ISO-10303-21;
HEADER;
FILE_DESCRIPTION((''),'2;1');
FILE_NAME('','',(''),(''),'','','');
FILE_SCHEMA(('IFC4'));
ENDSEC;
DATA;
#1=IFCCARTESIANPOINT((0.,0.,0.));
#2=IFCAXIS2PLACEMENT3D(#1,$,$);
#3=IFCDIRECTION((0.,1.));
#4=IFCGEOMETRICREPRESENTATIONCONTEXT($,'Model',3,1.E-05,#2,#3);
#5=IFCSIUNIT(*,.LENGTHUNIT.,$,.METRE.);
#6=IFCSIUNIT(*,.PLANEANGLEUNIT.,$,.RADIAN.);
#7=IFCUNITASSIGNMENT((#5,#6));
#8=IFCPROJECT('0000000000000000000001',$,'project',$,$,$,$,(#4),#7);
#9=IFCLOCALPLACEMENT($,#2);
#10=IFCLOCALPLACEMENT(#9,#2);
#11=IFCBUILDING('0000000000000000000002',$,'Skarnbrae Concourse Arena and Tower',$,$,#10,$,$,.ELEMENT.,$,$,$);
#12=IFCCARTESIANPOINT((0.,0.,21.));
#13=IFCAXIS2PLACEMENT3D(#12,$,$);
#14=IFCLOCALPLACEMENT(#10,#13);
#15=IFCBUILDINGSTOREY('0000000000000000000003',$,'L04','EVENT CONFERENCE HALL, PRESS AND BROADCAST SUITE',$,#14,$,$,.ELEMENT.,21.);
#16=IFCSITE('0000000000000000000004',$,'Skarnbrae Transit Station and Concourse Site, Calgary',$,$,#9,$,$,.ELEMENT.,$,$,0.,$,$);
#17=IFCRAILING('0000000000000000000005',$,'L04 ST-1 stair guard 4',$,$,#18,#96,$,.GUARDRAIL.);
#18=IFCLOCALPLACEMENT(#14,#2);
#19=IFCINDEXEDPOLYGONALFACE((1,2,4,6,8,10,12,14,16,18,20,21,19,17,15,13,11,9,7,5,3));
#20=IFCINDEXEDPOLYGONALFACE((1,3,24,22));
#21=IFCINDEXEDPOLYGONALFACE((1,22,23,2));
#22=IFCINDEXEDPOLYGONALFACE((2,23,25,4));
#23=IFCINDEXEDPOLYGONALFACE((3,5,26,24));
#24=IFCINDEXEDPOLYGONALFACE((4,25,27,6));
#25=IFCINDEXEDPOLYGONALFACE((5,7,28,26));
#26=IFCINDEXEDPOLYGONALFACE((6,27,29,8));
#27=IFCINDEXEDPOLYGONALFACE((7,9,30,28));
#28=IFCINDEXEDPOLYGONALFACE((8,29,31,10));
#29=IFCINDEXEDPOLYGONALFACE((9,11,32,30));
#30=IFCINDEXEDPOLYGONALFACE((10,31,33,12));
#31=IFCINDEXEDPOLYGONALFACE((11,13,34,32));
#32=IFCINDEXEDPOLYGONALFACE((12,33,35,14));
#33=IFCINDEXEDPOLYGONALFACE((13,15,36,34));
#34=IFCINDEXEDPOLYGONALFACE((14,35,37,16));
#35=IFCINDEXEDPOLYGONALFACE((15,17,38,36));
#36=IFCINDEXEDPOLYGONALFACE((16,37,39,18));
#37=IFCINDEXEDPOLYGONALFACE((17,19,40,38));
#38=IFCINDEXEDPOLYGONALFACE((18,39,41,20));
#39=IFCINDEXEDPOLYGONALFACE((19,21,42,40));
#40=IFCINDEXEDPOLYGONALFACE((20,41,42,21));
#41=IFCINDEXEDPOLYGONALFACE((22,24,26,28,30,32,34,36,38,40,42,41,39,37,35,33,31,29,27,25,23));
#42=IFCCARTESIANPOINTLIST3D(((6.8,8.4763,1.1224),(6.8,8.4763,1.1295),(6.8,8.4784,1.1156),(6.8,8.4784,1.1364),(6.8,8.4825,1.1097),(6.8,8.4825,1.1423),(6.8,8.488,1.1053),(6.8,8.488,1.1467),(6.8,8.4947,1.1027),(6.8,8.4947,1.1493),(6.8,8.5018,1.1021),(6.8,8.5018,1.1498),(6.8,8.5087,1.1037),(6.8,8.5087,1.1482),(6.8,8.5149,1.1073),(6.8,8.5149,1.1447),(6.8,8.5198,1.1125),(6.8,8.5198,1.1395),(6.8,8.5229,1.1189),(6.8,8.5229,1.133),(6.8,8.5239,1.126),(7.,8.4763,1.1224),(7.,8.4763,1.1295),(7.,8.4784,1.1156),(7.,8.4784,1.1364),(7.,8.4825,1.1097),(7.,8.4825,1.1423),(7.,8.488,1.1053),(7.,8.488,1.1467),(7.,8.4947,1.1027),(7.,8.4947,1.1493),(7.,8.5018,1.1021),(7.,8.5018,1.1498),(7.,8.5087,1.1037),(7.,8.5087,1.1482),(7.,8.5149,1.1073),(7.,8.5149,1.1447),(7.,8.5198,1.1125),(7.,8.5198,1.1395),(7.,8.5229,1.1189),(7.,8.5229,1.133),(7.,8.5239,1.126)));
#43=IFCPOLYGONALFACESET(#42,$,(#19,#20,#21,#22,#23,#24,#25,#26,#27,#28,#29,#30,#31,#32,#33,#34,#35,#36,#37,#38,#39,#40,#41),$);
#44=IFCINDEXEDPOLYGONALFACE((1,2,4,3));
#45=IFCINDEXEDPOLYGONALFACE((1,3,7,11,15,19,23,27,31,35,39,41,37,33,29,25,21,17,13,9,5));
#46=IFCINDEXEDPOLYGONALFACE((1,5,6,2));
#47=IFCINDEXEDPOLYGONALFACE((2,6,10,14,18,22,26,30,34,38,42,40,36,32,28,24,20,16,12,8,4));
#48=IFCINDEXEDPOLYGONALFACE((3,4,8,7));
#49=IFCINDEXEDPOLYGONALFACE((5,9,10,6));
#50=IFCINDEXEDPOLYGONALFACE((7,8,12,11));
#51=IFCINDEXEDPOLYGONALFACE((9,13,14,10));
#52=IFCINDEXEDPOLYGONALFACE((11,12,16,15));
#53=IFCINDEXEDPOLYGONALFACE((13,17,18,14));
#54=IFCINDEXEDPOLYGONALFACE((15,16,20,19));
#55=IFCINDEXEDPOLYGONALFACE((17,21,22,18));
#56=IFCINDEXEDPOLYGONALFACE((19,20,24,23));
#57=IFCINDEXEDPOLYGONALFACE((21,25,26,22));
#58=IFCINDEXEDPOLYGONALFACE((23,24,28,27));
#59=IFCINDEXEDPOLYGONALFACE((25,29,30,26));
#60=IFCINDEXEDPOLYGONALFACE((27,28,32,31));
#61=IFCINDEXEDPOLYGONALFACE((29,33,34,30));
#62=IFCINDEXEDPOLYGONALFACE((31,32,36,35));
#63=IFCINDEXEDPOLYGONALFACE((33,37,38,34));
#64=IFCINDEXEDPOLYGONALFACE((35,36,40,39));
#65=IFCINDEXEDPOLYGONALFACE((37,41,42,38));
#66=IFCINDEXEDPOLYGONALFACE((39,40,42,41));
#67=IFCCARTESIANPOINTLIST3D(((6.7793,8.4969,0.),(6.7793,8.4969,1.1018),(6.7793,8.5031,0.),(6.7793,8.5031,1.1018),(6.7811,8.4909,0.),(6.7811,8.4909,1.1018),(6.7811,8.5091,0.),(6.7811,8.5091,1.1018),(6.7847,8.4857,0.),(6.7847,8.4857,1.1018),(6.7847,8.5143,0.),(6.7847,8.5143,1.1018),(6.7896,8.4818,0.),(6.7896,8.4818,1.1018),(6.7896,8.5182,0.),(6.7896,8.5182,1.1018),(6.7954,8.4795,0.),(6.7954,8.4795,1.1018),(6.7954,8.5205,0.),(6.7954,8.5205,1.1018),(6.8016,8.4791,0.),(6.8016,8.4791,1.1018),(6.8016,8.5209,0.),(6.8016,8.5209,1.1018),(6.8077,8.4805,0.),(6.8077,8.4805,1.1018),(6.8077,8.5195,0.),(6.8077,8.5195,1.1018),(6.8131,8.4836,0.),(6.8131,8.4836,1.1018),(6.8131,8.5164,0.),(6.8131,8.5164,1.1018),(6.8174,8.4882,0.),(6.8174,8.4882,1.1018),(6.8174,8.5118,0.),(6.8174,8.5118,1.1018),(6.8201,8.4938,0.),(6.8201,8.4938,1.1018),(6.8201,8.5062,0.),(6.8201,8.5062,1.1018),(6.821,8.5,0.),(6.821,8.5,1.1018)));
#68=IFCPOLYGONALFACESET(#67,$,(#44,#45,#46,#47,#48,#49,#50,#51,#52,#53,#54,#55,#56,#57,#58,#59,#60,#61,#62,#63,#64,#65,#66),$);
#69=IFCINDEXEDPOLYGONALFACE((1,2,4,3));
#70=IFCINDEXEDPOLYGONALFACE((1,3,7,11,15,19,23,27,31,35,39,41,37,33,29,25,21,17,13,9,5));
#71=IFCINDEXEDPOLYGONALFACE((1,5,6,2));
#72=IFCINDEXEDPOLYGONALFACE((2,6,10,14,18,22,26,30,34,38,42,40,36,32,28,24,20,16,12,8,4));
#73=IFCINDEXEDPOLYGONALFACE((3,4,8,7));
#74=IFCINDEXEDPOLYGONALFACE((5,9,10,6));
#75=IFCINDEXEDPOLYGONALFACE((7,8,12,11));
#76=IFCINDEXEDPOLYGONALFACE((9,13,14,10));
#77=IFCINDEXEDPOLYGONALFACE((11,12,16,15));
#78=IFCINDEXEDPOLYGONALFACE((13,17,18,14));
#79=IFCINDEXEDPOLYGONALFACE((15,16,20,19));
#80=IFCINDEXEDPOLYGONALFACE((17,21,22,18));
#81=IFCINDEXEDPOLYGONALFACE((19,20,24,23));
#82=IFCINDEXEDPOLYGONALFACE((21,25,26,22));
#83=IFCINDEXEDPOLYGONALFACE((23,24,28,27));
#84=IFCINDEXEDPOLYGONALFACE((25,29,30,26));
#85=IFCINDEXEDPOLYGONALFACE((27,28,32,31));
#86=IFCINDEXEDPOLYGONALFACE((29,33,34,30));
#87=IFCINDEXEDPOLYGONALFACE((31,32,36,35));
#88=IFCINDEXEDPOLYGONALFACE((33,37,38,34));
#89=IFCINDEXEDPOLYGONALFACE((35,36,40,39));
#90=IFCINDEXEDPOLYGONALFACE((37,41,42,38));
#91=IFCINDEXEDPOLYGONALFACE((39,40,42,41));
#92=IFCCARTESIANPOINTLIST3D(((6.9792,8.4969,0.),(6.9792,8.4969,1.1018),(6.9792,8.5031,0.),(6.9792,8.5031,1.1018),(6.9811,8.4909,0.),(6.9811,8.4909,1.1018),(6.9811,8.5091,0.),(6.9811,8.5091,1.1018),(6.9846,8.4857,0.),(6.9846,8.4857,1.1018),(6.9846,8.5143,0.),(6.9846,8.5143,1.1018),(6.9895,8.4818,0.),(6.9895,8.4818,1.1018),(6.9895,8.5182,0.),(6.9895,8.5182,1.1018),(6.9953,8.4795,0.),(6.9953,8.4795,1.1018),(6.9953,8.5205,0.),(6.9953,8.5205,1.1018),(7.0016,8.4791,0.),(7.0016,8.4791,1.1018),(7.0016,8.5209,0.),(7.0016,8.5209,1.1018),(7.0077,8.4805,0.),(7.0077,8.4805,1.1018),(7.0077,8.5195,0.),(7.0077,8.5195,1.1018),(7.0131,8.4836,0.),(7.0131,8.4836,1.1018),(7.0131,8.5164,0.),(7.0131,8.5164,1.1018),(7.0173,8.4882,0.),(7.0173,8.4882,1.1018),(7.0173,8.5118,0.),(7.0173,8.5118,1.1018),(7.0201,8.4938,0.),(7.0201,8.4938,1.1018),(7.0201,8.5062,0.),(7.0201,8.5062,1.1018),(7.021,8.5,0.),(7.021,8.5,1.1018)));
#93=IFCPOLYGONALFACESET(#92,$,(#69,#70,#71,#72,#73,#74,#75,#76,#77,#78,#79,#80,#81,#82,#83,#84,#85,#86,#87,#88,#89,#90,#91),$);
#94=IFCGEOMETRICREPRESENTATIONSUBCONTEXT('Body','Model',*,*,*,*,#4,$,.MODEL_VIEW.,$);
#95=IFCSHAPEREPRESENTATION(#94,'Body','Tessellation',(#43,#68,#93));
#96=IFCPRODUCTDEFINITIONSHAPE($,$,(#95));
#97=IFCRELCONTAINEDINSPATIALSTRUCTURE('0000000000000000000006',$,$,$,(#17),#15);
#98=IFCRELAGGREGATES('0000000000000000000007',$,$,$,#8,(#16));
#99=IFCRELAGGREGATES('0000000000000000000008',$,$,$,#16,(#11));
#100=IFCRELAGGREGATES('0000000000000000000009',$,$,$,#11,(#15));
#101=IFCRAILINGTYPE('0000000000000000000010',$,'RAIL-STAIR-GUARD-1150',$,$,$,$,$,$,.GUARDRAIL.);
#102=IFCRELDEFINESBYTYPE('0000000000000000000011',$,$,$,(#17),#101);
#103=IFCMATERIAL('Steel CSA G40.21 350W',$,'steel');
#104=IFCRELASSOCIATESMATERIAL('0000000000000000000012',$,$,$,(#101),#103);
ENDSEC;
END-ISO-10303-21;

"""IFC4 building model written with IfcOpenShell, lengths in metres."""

from ifc_helpers import new_model, si_unit, direction, frame, origin, origin_2d, place, context, subcontext, project, spatial, circle, extrude, material, type_object, element, save


model = new_model("IFC4")

# Units and contexts
model_context = context("Model", 3, precision=1e-05, world=origin(), true_north=direction((0.0, 1.0)))
body_context = subcontext(model_context, "Body", "Model", "MODEL_VIEW")
ifc_project = project(units=[si_unit("LENGTHUNIT", "METRE"), si_unit("PLANEANGLEUNIT", "RADIAN")], contexts=[model_context])

# Site, building, storey
site_placement = place(None, origin())
site = spatial("IfcSite", under=ifc_project, at=site_placement, Name="Skarnbrae Transit Station and Concourse Site, Calgary", CompositionType="ELEMENT", RefElevation=0.0)
building_placement = place(site_placement, origin())
building = spatial("IfcBuilding", under=site, at=building_placement, Name="Skarnbrae Concourse Arena and Tower", CompositionType="ELEMENT")
storey_placement = place(building_placement, frame((0.0, 0.0, 21.0)))
storey = spatial("IfcBuildingStorey", under=building, at=storey_placement, Name="L04", Description="EVENT CONFERENCE HALL, PRESS AND BROADCAST SUITE", CompositionType="ELEMENT", Elevation=21.0)

# Shared definitions
ifc_material_1 = material(Name="Steel CSA G40.21 350W", Category="steel")

# Railing
railing_type_1 = type_object("IfcRailingType", Name="RAIL-STAIR-GUARD-1150", PredefinedType="GUARDRAIL", material=ifc_material_1)
railing_1_placement = place(storey_placement, frame((6.8, 8.5, 0.0)))
element("IfcRailing", 1, at=railing_1_placement, inside=storey, type_object=railing_type_1, Name="L04 ST-1 stair guard 4", PredefinedType="GUARDRAIL", context=body_context, shape_type="SweptSolid", body=[
    extrude(circle(Radius=0.0239, at=origin_2d()), frame((0.0, 0.0, 1.126), z_axis=(1.0, 0.0, 0.0), x_axis=(0.0, 1.0, 0.0)), (0.0, 0.0, 1.0), 0.2),
    extrude(circle(Radius=0.021, at=origin_2d()), origin(), (0.0, 0.0, 1.0), 1.1018),
    extrude(circle(Radius=0.021, at=origin_2d()), frame((0.2, 0.0, 0.0)), (0.0, 0.0, 1.0), 1.1018),
])

save(model, "model.ifc")
